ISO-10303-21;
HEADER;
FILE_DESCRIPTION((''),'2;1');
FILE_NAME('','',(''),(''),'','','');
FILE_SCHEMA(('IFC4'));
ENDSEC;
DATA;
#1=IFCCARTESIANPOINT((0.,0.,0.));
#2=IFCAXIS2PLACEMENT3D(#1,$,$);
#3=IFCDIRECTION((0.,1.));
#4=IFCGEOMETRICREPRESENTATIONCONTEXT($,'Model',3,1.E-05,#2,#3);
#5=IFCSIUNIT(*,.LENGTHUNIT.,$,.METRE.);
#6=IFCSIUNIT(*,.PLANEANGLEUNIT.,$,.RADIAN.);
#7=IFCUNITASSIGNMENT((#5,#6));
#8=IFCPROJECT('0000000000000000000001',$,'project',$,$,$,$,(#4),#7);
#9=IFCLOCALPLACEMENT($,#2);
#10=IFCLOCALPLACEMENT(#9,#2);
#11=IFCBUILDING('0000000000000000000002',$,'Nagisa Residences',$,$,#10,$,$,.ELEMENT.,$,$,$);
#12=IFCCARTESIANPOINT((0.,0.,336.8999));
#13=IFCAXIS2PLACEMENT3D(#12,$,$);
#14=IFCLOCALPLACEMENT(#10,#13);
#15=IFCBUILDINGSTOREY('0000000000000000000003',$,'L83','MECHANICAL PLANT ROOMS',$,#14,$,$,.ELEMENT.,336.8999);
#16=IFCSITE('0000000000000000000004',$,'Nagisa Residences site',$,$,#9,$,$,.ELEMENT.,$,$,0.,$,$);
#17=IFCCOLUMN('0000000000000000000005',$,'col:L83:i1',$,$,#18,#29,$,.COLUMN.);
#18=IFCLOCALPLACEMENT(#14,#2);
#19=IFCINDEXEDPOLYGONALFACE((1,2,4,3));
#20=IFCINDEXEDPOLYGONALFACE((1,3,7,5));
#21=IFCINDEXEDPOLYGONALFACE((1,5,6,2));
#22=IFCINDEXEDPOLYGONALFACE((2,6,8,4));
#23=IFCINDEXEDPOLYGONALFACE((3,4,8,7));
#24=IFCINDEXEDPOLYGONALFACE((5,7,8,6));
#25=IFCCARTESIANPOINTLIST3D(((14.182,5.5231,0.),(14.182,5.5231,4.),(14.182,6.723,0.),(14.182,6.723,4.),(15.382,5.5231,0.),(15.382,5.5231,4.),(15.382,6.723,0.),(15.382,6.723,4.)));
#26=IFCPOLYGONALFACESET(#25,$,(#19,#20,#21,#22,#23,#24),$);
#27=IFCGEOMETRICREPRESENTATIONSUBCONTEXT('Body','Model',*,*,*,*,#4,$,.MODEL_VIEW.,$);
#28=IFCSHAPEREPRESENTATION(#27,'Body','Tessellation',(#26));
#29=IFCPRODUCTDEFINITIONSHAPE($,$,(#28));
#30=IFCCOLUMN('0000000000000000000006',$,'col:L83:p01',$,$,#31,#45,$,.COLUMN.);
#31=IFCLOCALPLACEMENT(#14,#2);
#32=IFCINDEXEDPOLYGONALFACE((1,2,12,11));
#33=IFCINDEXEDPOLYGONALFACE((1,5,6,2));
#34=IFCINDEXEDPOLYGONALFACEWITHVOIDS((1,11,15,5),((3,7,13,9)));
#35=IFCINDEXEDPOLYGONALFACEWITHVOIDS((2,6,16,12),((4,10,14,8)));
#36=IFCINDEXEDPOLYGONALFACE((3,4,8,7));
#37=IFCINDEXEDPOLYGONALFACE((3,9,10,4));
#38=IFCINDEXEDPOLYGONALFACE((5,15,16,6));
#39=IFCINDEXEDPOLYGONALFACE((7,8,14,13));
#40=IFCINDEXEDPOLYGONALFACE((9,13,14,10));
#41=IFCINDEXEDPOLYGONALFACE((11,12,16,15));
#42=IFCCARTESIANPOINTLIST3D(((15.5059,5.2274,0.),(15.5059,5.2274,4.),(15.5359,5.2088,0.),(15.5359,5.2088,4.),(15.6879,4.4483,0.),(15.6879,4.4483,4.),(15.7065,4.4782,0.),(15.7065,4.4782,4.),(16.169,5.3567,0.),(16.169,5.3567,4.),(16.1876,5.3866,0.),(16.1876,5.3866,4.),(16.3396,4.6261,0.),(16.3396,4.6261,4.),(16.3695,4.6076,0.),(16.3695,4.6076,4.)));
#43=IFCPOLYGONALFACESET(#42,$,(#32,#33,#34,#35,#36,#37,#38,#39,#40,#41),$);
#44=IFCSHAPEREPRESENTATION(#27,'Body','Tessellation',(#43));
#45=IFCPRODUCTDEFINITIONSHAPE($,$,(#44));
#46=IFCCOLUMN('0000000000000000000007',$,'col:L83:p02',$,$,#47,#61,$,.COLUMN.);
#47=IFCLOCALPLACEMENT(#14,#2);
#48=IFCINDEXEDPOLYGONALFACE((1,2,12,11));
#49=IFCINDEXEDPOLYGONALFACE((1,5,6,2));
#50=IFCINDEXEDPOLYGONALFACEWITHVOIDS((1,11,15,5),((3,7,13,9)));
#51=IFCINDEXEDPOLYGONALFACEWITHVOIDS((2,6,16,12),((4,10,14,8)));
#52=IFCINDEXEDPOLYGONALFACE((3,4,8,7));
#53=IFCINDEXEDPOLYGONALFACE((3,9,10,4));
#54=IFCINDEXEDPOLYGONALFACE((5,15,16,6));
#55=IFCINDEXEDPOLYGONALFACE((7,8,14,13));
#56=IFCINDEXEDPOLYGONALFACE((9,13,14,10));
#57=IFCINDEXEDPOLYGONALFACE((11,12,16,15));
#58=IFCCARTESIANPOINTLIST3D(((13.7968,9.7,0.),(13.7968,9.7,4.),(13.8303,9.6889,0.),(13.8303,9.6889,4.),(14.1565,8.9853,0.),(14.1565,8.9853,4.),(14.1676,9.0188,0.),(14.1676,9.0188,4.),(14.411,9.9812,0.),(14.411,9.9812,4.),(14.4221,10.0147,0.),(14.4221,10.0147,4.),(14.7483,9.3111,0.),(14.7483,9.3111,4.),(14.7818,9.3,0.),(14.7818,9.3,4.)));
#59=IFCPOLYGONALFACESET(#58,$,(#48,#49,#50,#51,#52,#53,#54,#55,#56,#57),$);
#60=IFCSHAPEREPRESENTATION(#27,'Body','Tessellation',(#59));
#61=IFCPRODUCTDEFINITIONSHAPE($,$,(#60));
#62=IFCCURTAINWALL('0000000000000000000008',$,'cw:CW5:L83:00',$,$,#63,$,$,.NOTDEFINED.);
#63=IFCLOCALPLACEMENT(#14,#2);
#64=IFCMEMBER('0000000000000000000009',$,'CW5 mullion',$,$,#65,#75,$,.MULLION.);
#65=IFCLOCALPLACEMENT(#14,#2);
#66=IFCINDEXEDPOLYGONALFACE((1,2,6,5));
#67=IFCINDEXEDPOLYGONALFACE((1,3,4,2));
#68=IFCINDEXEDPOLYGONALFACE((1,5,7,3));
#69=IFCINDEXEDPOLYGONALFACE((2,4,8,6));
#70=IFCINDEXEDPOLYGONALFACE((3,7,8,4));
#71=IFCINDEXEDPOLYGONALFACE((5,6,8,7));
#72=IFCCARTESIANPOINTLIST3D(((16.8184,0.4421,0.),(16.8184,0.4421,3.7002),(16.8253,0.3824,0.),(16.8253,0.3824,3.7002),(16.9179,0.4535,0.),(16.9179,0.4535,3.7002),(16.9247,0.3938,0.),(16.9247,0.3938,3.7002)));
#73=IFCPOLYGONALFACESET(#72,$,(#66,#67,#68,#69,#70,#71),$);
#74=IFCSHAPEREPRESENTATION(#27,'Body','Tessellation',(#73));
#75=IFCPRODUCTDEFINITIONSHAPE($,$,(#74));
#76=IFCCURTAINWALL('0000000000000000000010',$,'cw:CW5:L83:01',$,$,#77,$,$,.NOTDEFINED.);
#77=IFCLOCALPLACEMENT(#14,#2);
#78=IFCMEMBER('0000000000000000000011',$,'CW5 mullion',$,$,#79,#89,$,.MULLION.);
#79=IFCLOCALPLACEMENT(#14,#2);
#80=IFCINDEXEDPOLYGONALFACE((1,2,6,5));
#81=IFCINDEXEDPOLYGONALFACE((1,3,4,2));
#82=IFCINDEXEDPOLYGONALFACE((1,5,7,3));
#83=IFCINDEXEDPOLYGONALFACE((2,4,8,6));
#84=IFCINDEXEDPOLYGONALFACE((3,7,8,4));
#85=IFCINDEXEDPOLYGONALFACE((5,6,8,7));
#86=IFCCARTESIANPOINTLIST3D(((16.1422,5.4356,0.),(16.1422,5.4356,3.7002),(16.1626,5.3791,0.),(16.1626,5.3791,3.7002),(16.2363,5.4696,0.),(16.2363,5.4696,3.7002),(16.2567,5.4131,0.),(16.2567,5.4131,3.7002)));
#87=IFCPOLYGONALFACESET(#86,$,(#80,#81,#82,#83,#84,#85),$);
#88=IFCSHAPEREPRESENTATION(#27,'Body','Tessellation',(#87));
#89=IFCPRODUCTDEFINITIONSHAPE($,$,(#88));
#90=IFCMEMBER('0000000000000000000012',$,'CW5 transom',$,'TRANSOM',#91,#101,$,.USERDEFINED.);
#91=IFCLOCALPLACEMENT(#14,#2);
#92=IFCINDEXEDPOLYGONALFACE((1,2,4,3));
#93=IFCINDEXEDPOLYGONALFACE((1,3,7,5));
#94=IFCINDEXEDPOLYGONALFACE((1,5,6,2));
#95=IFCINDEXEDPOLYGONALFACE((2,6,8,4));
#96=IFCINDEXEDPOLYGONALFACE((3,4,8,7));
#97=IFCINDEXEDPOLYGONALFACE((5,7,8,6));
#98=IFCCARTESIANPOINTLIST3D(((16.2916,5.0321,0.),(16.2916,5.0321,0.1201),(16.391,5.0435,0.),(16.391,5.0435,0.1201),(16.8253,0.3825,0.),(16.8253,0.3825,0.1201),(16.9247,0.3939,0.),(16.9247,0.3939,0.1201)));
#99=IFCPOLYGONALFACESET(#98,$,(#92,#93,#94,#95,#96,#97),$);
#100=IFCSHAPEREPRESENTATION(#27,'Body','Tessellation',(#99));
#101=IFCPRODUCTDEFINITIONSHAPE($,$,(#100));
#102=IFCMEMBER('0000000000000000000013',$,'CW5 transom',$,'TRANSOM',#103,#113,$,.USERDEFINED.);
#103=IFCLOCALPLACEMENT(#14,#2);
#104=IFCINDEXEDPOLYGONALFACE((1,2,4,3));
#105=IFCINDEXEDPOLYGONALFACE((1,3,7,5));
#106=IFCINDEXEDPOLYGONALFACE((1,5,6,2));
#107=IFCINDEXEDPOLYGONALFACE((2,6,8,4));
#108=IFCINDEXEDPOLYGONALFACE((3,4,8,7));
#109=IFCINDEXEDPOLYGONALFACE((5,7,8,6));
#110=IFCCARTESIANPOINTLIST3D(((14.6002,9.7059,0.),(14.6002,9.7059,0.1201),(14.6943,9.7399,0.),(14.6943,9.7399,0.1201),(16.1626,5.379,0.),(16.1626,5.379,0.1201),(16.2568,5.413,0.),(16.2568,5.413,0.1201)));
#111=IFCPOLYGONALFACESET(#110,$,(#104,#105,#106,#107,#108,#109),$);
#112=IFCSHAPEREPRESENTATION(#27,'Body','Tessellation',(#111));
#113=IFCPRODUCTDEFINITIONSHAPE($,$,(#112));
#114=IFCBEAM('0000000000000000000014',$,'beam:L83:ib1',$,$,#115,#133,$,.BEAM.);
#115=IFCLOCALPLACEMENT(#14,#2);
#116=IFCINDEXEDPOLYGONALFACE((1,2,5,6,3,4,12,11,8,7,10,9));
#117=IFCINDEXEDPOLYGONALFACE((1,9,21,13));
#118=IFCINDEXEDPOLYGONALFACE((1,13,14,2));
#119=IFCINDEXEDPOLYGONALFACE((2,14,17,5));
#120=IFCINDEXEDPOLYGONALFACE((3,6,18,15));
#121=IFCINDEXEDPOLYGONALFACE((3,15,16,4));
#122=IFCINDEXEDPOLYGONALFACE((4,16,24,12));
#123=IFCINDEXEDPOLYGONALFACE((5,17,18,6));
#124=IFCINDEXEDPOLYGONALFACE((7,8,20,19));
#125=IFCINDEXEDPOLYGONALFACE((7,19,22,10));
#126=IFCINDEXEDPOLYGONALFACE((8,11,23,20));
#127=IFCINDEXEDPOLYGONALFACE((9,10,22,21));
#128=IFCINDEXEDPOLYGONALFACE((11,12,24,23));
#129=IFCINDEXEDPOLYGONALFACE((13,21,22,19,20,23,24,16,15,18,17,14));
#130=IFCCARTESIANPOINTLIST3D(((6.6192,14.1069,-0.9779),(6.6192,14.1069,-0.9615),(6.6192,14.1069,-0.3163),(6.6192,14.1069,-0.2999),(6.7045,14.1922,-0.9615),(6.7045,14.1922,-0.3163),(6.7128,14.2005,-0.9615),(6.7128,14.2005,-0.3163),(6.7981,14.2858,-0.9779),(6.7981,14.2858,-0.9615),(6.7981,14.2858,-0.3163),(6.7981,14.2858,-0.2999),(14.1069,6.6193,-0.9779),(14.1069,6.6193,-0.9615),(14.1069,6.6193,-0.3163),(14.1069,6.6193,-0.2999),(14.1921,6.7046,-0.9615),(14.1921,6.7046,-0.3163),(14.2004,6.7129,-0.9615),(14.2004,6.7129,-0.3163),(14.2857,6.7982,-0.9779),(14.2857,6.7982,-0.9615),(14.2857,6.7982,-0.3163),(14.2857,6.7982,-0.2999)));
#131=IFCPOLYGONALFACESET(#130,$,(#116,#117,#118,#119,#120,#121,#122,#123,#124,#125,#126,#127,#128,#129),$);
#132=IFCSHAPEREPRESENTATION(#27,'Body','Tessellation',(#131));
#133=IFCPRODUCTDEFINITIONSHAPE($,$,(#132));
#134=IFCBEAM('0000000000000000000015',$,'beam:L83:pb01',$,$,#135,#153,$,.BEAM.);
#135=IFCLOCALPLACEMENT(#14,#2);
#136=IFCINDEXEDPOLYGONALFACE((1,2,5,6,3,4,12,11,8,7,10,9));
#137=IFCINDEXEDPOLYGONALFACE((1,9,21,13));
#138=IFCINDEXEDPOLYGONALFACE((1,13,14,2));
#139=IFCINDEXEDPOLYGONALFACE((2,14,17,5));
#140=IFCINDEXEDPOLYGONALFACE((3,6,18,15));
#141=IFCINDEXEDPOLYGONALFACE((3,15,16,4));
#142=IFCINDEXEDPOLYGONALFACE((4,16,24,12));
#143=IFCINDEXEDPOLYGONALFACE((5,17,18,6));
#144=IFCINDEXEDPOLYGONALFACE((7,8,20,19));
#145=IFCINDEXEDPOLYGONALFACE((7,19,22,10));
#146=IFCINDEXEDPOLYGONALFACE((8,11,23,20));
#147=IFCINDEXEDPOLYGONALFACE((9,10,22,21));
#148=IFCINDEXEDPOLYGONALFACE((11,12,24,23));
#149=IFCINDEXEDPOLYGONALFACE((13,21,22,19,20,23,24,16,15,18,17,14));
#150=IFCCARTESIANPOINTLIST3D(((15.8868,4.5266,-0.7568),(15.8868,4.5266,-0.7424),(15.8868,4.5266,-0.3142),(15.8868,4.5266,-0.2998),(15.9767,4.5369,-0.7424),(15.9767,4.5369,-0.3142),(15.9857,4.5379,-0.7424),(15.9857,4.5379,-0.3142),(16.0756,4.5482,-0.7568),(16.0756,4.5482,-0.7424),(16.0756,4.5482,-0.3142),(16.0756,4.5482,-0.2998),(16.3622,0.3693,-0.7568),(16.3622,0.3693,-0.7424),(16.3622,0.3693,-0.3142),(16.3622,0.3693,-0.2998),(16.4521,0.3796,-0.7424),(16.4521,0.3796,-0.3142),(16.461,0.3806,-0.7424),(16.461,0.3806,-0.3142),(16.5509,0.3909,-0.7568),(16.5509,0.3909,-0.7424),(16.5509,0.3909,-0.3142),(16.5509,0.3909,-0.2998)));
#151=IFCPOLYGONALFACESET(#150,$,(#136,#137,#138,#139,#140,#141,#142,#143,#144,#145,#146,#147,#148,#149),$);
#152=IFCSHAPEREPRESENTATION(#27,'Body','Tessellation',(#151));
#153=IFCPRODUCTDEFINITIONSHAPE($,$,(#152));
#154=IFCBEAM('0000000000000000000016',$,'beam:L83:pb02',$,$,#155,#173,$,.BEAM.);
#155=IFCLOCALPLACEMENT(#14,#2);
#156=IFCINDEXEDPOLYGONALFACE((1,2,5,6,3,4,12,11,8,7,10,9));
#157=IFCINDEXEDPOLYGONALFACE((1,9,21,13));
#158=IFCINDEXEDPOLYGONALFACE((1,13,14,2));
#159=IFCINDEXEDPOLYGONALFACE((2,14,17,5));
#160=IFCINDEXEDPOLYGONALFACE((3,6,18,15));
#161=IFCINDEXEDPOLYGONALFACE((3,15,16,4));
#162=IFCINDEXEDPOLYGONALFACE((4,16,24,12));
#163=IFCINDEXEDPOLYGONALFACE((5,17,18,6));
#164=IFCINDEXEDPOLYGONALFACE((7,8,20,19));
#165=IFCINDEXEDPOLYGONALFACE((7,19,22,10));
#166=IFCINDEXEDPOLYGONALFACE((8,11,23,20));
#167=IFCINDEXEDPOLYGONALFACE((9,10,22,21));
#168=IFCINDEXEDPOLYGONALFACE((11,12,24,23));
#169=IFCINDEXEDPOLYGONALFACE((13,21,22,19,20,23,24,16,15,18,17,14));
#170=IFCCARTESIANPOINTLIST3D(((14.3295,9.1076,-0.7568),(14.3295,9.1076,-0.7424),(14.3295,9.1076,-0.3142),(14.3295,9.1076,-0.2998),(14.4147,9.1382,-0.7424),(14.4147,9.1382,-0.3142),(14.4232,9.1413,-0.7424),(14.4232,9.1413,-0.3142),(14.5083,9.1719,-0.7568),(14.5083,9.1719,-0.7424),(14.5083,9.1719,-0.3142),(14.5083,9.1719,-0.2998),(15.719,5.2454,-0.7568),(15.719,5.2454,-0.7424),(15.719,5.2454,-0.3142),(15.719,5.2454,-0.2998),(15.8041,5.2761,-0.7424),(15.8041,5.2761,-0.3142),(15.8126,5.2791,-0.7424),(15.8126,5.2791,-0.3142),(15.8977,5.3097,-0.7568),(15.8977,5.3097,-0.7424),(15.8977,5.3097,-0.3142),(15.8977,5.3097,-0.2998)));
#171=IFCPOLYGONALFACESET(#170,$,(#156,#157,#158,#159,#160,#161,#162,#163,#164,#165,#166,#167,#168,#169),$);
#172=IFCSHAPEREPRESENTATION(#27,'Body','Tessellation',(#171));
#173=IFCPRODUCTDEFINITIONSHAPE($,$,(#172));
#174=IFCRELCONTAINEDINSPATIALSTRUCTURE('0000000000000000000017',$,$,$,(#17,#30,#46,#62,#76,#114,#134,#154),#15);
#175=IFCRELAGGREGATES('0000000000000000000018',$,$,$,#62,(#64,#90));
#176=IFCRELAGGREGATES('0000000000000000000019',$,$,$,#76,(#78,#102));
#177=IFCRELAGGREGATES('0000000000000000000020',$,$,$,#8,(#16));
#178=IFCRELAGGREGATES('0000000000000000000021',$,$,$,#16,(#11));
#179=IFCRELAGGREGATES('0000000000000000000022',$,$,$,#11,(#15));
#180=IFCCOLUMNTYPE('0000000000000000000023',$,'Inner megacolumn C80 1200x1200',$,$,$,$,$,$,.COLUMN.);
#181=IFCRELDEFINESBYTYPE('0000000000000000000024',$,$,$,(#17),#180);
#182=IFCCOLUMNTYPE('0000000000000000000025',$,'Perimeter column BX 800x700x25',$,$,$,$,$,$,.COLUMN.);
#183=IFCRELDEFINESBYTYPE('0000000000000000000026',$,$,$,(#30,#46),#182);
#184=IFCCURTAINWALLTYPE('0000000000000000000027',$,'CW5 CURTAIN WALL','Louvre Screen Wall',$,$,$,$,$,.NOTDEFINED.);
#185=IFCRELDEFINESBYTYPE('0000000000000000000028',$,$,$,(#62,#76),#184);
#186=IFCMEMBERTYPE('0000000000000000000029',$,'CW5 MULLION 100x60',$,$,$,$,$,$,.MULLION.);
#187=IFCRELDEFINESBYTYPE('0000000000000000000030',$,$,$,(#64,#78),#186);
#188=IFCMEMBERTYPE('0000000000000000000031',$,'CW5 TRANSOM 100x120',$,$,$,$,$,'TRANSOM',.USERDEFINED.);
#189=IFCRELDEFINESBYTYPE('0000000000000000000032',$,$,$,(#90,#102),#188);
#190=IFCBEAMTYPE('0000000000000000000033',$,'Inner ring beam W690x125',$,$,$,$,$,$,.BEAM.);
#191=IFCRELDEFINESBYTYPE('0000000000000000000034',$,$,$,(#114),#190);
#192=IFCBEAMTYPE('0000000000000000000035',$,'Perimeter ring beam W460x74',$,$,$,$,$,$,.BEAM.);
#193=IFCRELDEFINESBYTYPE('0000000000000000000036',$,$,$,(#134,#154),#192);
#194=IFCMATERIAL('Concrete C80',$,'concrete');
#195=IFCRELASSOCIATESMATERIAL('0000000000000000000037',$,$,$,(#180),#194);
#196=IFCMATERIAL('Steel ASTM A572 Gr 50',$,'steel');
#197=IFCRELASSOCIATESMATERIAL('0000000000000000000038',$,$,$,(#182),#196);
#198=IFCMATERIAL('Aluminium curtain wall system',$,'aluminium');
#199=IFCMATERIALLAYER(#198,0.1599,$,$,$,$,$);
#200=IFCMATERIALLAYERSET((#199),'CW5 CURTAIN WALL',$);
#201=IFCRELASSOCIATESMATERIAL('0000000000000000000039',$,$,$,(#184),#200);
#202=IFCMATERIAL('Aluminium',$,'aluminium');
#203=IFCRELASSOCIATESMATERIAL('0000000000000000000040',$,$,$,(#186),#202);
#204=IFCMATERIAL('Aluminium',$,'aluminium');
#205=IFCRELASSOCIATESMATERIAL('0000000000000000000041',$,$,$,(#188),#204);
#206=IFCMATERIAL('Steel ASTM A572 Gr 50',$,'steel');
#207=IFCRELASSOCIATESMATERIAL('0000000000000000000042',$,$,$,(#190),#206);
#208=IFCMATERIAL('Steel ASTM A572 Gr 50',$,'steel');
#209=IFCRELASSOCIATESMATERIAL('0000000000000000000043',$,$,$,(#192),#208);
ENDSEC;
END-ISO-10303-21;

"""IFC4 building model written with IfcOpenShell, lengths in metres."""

from ifc_helpers import new_model, si_unit, direction, frame, origin, origin_2d, place, context, subcontext, project, spatial, rectangle, hollow_rectangle, i_section, extrude, material, layer, layer_set, material_profile, profile_set, type_object, element, aggregate, save


model = new_model("IFC4")

# Units and contexts
model_context = context("Model", 3, precision=1e-05, world=origin(), true_north=direction((0.0, 1.0)))
body_context = subcontext(model_context, "Body", "Model", "MODEL_VIEW")
ifc_project = project(units=[si_unit("LENGTHUNIT", "METRE"), si_unit("PLANEANGLEUNIT", "RADIAN")], contexts=[model_context])

# Site, building, storey
site_placement = place(None, origin())
site = spatial("IfcSite", under=ifc_project, at=site_placement, Name="Nagisa Residences site", CompositionType="ELEMENT", RefElevation=0.0)
building_placement = place(site_placement, origin())
building = spatial("IfcBuilding", under=site, at=building_placement, Name="Nagisa Residences", CompositionType="ELEMENT")
storey_placement = place(building_placement, frame((0.0, 0.0, 336.8999)))
storey = spatial("IfcBuildingStorey", under=building, at=storey_placement, Name="L83", Description="MECHANICAL PLANT ROOMS", CompositionType="ELEMENT", Elevation=336.8999)

# Columns
ifc_material_1 = material(Name="Concrete C80", Category="concrete")
ifc_material_profile_1 = material_profile(ifc_material_1, rectangle(XDim=1.2, YDim=1.2, at=origin_2d()), Name="C80 1200x1200")
ifc_profile_set_1 = profile_set([ifc_material_profile_1], Name="Concrete C80")
column_type_1 = type_object("IfcColumnType", Name="Inner megacolumn C80 1200x1200", PredefinedType="COLUMN", material=ifc_profile_set_1)
column_placement = place(storey_placement, frame((14.782, 6.123, 0.0), z_axis=(0.0, 0.0, 1.0), x_axis=(1.0, 0.0, 0.0)))
element("IfcColumn", 1, at=column_placement, inside=storey, type_object=column_type_1, Name="col:L83:i1", PredefinedType="COLUMN", context=body_context, shape_type="SweptSolid", body=[
    extrude(rectangle(XDim=1.2, YDim=1.2, at=origin_2d()), origin(), (0.0, 0.0, 1.0), 4.0),
])
ifc_material_2 = material(Name="Steel ASTM A572 Gr 50", Category="steel")
ifc_material_profile_2 = material_profile(ifc_material_2, hollow_rectangle(XDim=0.8, YDim=0.7, WallThickness=0.0249, at=origin_2d()), Name="BX 800x700x25")
ifc_profile_set_2 = profile_set([ifc_material_profile_2], Name="Steel ASTM A572 Gr 50")
column_type_2 = type_object("IfcColumnType", Name="Perimeter column BX 800x700x25", PredefinedType="COLUMN", material=ifc_profile_set_2)
for number, where, z_axis, x_axis, name in (
    (2, (15.9377, 4.9175, 0.0), (0.0, 0.0, 1.0), (-0.227473, 0.973784, 0.0), "col:L83:p01"),
    (3, (14.2893, 9.5, 0.0), (0.0, 0.0, 1.0), (-0.449592, 0.893234, 0.0), "col:L83:p02"),
):
    element("IfcColumn", number, at=place(storey_placement, frame(where, z_axis=z_axis, x_axis=x_axis)), inside=storey, type_object=column_type_2, Name=name, PredefinedType="COLUMN", context=body_context, shape_type="SweptSolid", body=[
        extrude(hollow_rectangle(XDim=0.8, YDim=0.7, WallThickness=0.0249, at=origin_2d()), origin(), (0.0, 0.0, 1.0), 4.0),
    ])

# Curtain walls, members
ifc_material_3 = material(Name="Aluminium curtain wall system", Category="aluminium")
ifc_layer_1 = layer(ifc_material_3, 0.1599)
ifc_layer_set_1 = layer_set([ifc_layer_1], Name="CW5 CURTAIN WALL")
curtain_wall_type = type_object("IfcCurtainWallType", Name="CW5 CURTAIN WALL", Description="Louvre Screen Wall", PredefinedType="NOTDEFINED", material=ifc_layer_set_1)
curtain_wall_1_placement = place(storey_placement, origin())
curtain_wall_1 = element("IfcCurtainWall", 4, at=curtain_wall_1_placement, inside=storey, type_object=curtain_wall_type, Name="cw:CW5:L83:00", PredefinedType="NOTDEFINED")
ifc_material_4 = material(Name="Aluminium", Category="aluminium")
ifc_material_profile_3 = material_profile(ifc_material_4, rectangle(XDim=0.1001, YDim=0.0601, at=origin_2d()), Name="CW5 MULLION 100x60")
ifc_profile_set_3 = profile_set([ifc_material_profile_3], Name="Aluminium")
member_type_1 = type_object("IfcMemberType", Name="CW5 MULLION 100x60", PredefinedType="MULLION", material=ifc_profile_set_3)
member_1_placement = place(storey_placement, frame((16.8716, 0.418, 0.0), z_axis=(0.0, 0.0, 1.0), x_axis=(-0.993478, -0.114025, 0.0)))
member_1 = element("IfcMember", 5, at=member_1_placement, type_object=member_type_1, Name="CW5 mullion", PredefinedType="MULLION", context=body_context, shape_type="SweptSolid", body=[
    extrude(rectangle(XDim=0.1001, YDim=0.0601, at=origin_2d()), origin(), (0.0, 0.0, 1.0), 3.7002),
])
curtain_wall_2_placement = place(storey_placement, origin())
curtain_wall_2 = element("IfcCurtainWall", 6, at=curtain_wall_2_placement, inside=storey, type_object=curtain_wall_type, Name="cw:CW5:L83:01", PredefinedType="NOTDEFINED")
member_2_placement = place(storey_placement, frame((16.1995, 5.4243, 0.0), z_axis=(0.0, 0.0, 1.0), x_axis=(-0.940554, -0.339643, 0.0)))
member_2 = element("IfcMember", 7, at=member_2_placement, type_object=member_type_1, Name="CW5 mullion", PredefinedType="MULLION", context=body_context, shape_type="SweptSolid", body=[
    extrude(rectangle(XDim=0.1001, YDim=0.0601, at=origin_2d()), origin(), (0.0, 0.0, 1.0), 3.7002),
])

# Members
ifc_material_5 = material(Name="Aluminium", Category="aluminium")
ifc_material_profile_4 = material_profile(ifc_material_5, rectangle(XDim=0.1001, YDim=0.1201, at=origin_2d()), Name="CW5 TRANSOM 100x120")
ifc_profile_set_4 = profile_set([ifc_material_profile_4], Name="Aluminium")
member_type_2 = type_object("IfcMemberType", Name="CW5 TRANSOM 100x120", ElementType="TRANSOM", PredefinedType="USERDEFINED", material=ifc_profile_set_4)
member_3_placement = place(storey_placement, frame((16.875, 0.3882, 0.0601), z_axis=(-0.114032, 0.993477, 0.0), x_axis=(-0.993477, -0.114032, 0.0)))
member_3 = element("IfcMember", 8, at=member_3_placement, type_object=member_type_2, Name="CW5 transom", ObjectType="TRANSOM", PredefinedType="USERDEFINED", context=body_context, shape_type="SweptSolid", body=[
    extrude(rectangle(XDim=0.1001, YDim=0.1201, at=origin_2d()), origin(), (0.0, 0.0, 1.0), 4.6802),
])
member_4_placement = place(storey_placement, frame((16.2097, 5.396, 0.0601), z_axis=(-0.339646, 0.940553, 0.0), x_axis=(-0.940553, -0.339646, 0.0)))
member_4 = element("IfcMember", 9, at=member_4_placement, type_object=member_type_2, Name="CW5 transom", ObjectType="TRANSOM", PredefinedType="USERDEFINED", context=body_context, shape_type="SweptSolid", body=[
    extrude(rectangle(XDim=0.1001, YDim=0.1201, at=origin_2d()), origin(), (0.0, 0.0, 1.0), 4.6003),
])

# Beams
ifc_material_6 = material(Name="Steel ASTM A572 Gr 50", Category="steel")
ifc_material_profile_5 = material_profile(ifc_material_6, i_section(OverallWidth=0.2529, OverallDepth=0.678, WebThickness=0.0117, FlangeThickness=0.0164, at=origin_2d()), Name="W690x125")
ifc_profile_set_5 = profile_set([ifc_material_profile_5], Name="Steel ASTM A572 Gr 50")
beam_type_1 = type_object("IfcBeamType", Name="Inner ring beam W690x125", PredefinedType="BEAM", material=ifc_profile_set_5)
beam_1_placement = place(storey_placement, frame((14.1963, 6.7087, -0.6389), z_axis=(-0.707107, 0.707107, 0.0), x_axis=(-0.707107, -0.707107, 0.0)))
element("IfcBeam", 10, at=beam_1_placement, inside=storey, type_object=beam_type_1, Name="beam:L83:ib1", PredefinedType="BEAM", context=body_context, shape_type="SweptSolid", body=[
    extrude(i_section(OverallWidth=0.2529, OverallDepth=0.678, WebThickness=0.0117, FlangeThickness=0.0164, at=origin_2d()), origin(), (0.0, 0.0, 1.0), 10.5891),
])
ifc_material_7 = material(Name="Steel ASTM A572 Gr 50", Category="steel")
ifc_material_profile_6 = material_profile(ifc_material_7, i_section(OverallWidth=0.1899, OverallDepth=0.457, WebThickness=0.009, FlangeThickness=0.0144, at=origin_2d()), Name="W460x74")
ifc_profile_set_6 = profile_set([ifc_material_profile_6], Name="Steel ASTM A572 Gr 50")
beam_type_2 = type_object("IfcBeamType", Name="Perimeter ring beam W460x74", PredefinedType="BEAM", material=ifc_profile_set_6)
beam_2_placement = place(storey_placement, frame((16.4565, 0.3801, -0.5283), z_axis=(-0.113601, 0.993526, 0.0), x_axis=(-0.993526, -0.113601, 0.0)))
element("IfcBeam", 11, at=beam_2_placement, inside=storey, type_object=beam_type_2, Name="beam:L83:pb01", PredefinedType="BEAM", context=body_context, shape_type="SweptSolid", body=[
    extrude(i_section(OverallWidth=0.1899, OverallDepth=0.457, WebThickness=0.009, FlangeThickness=0.0144, at=origin_2d()), origin(), (0.0, 0.0, 1.0), 4.1843),
])
beam_3_placement = place(storey_placement, frame((15.8083, 5.2776, -0.5283), z_axis=(-0.338517, 0.94096, 0.0), x_axis=(-0.94096, -0.338517, 0.0)))
element("IfcBeam", 12, at=beam_3_placement, inside=storey, type_object=beam_type_2, Name="beam:L83:pb02", PredefinedType="BEAM", context=body_context, shape_type="SweptSolid", body=[
    extrude(i_section(OverallWidth=0.1899, OverallDepth=0.457, WebThickness=0.009, FlangeThickness=0.0144, at=origin_2d()), origin(), (0.0, 0.0, 1.0), 4.1045),
])

aggregate(curtain_wall_1, [member_1, member_3])
aggregate(curtain_wall_2, [member_2, member_4])

save(model, "model.ifc")
